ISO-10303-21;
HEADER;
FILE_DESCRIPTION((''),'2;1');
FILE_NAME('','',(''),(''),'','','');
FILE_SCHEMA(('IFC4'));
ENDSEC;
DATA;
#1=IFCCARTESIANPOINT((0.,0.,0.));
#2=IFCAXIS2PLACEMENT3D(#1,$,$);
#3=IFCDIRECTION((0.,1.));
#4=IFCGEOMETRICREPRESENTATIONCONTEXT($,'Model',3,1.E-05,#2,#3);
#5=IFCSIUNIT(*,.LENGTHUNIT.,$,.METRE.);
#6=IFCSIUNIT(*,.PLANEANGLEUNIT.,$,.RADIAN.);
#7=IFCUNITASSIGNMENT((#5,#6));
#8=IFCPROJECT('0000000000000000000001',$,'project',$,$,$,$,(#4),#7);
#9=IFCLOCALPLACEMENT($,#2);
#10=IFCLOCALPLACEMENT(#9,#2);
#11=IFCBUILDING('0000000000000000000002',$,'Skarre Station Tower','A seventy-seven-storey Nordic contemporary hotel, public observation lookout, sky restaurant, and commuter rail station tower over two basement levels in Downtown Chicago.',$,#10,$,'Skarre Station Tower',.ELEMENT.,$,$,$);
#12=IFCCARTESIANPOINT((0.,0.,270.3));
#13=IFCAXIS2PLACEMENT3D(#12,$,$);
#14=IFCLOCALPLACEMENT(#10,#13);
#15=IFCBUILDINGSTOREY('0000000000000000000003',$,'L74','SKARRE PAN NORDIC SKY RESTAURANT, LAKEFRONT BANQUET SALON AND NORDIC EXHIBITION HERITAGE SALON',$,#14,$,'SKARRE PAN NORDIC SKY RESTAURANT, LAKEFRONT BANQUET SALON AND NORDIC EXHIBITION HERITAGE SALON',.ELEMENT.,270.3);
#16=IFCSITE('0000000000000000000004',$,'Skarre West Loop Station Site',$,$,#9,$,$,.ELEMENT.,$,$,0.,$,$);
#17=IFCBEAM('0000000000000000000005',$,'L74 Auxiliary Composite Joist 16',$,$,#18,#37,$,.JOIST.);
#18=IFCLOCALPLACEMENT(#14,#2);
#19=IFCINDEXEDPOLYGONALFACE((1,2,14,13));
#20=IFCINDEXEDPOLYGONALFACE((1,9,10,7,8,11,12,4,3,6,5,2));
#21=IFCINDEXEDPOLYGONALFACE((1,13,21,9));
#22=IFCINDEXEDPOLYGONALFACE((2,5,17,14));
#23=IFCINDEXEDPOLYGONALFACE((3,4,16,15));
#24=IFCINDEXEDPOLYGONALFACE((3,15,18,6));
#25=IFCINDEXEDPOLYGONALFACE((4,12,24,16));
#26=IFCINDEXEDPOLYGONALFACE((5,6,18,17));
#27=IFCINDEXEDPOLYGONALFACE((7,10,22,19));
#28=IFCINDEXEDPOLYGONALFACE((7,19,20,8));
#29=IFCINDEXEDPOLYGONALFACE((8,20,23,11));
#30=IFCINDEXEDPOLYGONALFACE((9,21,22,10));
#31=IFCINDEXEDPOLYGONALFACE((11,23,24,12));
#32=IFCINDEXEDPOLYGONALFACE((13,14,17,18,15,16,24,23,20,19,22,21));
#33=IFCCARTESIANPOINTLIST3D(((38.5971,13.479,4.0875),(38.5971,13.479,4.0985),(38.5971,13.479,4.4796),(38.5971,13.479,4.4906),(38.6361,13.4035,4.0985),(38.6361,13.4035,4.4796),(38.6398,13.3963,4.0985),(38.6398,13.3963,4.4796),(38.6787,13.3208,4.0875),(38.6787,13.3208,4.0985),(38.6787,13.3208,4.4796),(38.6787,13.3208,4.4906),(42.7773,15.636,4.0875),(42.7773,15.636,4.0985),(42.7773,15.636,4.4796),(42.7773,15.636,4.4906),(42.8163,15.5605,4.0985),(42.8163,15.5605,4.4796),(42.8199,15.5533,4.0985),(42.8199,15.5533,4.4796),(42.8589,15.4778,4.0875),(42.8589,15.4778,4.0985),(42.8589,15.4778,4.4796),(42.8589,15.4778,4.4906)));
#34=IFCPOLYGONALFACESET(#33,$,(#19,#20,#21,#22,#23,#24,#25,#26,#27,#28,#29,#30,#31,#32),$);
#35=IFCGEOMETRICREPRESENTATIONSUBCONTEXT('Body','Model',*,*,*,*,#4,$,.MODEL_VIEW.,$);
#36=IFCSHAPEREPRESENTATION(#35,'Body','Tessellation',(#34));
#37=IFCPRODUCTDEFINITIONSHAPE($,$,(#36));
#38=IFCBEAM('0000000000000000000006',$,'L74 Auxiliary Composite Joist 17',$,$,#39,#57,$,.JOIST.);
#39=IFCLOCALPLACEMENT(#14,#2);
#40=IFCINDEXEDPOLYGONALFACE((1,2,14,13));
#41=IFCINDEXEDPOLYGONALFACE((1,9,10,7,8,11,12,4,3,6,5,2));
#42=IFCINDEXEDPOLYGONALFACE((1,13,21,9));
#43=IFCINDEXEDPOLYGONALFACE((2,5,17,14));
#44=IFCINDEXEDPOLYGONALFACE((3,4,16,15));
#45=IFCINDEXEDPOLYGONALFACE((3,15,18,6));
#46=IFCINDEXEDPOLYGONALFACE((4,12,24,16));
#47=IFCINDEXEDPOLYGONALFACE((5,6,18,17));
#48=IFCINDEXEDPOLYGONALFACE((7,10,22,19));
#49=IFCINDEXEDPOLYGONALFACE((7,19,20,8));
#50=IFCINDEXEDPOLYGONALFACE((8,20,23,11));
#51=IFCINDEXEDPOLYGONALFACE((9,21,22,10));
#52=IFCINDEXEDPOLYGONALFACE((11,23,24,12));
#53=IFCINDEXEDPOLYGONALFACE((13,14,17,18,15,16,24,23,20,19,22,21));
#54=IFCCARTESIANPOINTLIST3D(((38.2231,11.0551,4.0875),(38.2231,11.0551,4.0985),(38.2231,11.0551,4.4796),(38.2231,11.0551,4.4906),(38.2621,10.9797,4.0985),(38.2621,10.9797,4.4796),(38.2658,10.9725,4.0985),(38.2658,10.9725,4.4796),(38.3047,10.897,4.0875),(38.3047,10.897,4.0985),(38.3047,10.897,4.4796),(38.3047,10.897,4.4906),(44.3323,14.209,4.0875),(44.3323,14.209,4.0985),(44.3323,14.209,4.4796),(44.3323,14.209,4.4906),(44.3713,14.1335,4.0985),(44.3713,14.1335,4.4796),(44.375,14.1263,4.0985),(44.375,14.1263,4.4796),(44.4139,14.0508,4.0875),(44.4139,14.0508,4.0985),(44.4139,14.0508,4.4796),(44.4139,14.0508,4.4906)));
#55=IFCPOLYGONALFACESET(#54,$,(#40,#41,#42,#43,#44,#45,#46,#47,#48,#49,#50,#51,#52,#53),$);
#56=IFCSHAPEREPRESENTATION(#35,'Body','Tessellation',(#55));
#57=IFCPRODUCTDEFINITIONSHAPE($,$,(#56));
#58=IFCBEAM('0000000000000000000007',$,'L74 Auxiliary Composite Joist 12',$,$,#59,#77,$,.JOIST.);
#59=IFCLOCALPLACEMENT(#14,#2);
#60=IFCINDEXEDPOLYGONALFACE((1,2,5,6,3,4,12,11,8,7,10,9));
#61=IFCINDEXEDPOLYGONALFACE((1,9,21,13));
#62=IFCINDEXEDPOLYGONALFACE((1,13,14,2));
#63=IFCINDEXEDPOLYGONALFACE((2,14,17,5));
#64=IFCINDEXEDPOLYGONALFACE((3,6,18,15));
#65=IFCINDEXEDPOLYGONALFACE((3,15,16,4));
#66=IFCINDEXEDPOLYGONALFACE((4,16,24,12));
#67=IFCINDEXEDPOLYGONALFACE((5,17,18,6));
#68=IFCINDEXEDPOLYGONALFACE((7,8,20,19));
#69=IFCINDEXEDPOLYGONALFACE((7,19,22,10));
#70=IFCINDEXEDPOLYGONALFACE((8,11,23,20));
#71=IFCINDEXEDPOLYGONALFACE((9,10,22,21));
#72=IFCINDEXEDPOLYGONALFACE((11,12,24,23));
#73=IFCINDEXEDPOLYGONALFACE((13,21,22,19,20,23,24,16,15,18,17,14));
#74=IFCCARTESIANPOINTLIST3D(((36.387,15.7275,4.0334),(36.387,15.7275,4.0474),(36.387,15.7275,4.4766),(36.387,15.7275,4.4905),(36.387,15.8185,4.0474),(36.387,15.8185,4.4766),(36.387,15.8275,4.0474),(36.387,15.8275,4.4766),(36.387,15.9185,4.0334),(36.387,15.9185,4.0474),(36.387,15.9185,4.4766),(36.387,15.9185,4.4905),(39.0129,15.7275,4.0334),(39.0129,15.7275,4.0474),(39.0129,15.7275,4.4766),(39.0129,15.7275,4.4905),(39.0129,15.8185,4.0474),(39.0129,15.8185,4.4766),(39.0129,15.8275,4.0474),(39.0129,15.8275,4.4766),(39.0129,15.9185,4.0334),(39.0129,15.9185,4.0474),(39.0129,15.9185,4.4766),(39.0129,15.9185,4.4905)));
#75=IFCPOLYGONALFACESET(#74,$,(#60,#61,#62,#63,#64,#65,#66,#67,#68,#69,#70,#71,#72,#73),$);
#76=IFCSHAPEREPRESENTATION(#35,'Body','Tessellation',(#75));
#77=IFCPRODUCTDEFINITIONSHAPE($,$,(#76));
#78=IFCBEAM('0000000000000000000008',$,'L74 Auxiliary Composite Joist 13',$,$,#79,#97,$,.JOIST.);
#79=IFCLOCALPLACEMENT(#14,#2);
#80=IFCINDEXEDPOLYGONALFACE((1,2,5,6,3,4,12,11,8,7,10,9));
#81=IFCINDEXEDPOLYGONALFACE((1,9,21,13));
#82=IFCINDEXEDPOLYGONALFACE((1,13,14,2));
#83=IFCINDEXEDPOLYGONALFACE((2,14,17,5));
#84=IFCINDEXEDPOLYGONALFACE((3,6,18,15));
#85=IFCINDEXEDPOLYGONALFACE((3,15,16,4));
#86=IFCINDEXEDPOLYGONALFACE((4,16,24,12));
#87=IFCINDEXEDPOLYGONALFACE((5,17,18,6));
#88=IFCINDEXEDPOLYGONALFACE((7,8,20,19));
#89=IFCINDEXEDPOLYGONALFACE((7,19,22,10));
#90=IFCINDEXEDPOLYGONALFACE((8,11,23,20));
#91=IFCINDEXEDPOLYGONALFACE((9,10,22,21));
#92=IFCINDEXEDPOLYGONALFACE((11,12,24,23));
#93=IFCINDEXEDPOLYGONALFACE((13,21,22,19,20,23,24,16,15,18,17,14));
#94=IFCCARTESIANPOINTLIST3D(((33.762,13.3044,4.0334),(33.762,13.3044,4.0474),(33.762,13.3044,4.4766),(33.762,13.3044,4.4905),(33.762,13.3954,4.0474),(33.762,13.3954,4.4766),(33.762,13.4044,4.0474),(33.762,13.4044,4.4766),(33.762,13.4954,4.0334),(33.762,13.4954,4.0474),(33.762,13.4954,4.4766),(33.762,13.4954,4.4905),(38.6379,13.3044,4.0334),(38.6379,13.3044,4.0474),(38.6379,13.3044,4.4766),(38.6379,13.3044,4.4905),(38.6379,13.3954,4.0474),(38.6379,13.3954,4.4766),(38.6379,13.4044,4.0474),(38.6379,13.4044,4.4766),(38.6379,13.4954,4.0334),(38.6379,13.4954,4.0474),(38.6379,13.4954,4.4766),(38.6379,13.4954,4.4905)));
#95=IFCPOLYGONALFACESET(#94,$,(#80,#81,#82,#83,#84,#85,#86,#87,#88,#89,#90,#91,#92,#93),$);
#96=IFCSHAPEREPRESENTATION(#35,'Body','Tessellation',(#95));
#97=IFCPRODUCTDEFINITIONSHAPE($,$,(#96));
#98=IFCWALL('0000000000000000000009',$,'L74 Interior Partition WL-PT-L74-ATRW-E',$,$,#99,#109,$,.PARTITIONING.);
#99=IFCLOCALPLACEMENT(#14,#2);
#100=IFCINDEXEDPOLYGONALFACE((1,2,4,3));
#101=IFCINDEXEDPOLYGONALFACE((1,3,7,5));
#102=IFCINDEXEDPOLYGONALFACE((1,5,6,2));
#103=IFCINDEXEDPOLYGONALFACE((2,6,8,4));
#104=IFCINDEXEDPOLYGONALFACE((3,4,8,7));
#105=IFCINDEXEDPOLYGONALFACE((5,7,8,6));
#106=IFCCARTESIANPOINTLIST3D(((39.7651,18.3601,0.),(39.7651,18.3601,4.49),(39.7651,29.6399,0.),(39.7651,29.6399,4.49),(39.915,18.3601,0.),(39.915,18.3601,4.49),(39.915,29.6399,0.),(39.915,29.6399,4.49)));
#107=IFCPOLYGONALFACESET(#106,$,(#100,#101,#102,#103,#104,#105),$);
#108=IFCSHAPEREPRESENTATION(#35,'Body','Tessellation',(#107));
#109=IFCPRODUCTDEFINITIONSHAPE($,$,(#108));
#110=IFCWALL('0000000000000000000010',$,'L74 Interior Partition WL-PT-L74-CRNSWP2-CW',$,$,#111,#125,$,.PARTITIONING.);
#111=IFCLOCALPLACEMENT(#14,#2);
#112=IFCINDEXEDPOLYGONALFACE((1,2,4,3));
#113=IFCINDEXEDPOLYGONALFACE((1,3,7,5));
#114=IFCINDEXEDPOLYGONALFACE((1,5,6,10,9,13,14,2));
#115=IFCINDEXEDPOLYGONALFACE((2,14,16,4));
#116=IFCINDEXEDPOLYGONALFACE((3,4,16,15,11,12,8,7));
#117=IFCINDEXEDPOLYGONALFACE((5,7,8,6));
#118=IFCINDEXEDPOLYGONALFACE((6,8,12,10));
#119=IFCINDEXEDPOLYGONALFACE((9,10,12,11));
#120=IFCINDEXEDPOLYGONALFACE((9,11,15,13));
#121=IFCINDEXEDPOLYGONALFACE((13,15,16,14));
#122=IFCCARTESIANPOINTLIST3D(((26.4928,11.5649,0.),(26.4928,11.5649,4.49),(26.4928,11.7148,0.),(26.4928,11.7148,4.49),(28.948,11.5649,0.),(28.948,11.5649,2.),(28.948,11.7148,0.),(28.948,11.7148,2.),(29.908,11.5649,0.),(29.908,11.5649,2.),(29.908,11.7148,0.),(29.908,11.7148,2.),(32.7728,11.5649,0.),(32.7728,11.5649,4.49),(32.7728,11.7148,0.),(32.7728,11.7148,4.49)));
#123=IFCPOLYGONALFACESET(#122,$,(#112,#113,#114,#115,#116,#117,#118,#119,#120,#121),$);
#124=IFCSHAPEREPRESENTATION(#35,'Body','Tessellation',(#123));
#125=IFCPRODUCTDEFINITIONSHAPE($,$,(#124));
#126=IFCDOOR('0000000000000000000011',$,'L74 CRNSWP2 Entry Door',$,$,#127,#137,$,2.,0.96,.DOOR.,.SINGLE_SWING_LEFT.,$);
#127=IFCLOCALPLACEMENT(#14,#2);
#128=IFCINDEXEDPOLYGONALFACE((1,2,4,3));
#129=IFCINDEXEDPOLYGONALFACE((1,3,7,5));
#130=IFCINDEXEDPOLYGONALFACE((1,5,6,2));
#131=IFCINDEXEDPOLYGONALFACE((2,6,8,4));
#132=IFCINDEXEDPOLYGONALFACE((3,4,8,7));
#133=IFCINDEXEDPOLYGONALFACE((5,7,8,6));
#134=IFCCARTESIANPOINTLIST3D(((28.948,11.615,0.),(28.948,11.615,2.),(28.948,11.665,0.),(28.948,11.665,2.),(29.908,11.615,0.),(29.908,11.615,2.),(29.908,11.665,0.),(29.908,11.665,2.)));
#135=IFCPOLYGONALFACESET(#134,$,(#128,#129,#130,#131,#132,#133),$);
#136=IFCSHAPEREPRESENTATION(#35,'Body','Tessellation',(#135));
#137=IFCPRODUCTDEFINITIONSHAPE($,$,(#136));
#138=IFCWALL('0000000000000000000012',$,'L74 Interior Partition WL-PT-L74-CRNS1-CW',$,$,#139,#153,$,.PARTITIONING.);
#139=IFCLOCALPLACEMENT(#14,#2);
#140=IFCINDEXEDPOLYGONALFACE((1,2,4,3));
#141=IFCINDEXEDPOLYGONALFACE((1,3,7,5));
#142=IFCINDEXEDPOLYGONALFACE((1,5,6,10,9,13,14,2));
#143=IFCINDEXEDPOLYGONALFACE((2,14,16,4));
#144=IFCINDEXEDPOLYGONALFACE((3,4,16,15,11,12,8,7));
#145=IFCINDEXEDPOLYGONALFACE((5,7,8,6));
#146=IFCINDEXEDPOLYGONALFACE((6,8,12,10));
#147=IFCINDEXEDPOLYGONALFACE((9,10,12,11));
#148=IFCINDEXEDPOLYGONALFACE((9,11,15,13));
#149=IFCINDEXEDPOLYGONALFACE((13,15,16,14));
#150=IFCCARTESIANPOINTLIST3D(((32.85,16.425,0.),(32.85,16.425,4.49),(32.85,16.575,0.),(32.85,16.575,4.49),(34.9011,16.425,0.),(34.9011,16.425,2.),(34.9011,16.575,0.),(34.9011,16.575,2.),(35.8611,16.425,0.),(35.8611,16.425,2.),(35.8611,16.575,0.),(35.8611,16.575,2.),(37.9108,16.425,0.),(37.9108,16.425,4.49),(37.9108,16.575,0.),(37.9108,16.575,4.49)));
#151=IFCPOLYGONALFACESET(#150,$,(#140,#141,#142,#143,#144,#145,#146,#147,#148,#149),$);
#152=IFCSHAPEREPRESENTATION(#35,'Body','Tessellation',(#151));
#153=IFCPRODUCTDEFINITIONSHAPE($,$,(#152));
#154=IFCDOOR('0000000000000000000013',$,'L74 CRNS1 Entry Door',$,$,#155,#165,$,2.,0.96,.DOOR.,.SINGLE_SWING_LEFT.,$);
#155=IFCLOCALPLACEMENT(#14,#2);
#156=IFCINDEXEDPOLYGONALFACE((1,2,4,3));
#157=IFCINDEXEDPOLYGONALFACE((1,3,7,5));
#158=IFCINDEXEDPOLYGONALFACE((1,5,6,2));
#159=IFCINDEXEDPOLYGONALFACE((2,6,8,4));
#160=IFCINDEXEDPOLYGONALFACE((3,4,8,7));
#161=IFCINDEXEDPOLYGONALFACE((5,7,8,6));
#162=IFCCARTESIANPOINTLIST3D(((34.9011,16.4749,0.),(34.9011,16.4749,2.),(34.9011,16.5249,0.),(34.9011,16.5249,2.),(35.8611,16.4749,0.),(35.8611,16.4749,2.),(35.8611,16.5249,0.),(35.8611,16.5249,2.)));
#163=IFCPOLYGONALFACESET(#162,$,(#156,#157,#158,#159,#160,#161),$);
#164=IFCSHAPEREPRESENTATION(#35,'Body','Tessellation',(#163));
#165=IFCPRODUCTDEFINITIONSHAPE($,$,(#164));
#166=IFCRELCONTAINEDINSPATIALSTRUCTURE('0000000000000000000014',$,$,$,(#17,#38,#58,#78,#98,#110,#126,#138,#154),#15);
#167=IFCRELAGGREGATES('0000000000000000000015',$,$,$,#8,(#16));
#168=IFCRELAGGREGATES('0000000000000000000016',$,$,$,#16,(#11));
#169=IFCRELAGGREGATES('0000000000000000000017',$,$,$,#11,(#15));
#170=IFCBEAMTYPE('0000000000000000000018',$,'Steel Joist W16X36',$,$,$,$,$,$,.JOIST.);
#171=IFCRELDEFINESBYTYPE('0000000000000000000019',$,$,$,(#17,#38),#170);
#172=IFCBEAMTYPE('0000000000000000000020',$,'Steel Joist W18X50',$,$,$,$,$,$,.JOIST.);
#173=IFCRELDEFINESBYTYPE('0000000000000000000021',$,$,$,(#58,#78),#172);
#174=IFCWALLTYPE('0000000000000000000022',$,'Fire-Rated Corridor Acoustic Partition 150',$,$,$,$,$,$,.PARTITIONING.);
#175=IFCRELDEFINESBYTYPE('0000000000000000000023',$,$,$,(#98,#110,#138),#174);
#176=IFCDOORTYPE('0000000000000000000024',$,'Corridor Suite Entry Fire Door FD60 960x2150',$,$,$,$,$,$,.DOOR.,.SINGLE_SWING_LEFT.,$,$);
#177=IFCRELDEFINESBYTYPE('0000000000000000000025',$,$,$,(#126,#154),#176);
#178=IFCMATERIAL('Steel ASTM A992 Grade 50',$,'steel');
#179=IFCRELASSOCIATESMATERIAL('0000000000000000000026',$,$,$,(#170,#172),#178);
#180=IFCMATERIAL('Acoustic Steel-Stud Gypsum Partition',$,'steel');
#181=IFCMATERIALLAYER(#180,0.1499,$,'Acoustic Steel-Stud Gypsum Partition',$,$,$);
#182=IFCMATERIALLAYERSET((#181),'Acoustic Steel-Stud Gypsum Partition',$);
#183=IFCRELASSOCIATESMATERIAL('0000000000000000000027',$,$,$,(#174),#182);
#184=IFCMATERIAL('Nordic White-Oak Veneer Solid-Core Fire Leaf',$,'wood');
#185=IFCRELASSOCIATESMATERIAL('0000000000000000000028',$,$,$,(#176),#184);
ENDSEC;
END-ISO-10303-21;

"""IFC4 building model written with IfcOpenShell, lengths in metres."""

from ifc_helpers import new_model, si_unit, direction, frame, frame_2d, origin, origin_2d, place, context, subcontext, project, spatial, rectangle, i_section, extrude, material, layer, layer_set, material_profile, profile_set, type_object, element, fill, save


model = new_model("IFC4")

# Units and contexts
model_context = context("Model", 3, precision=1e-05, world=origin(), true_north=direction((0.0, 1.0)))
body_context = subcontext(model_context, "Body", "Model", "MODEL_VIEW")
ifc_project = project(units=[si_unit("LENGTHUNIT", "METRE"), si_unit("PLANEANGLEUNIT", "RADIAN")], contexts=[model_context])

# Site, building, storey
site_placement = place(None, origin())
site = spatial("IfcSite", under=ifc_project, at=site_placement, Name="Skarre West Loop Station Site", CompositionType="ELEMENT", RefElevation=0.0)
building_placement = place(site_placement, origin())
building = spatial("IfcBuilding", under=site, at=building_placement, Name="Skarre Station Tower", Description="A seventy-seven-storey Nordic contemporary hotel, public observation lookout, sky restaurant, and commuter rail station tower over two basement levels in Downtown Chicago.", LongName="Skarre Station Tower", CompositionType="ELEMENT")
storey_placement = place(building_placement, frame((0.0, 0.0, 270.3)))
storey = spatial("IfcBuildingStorey", under=building, at=storey_placement, Name="L74", Description="SKARRE PAN NORDIC SKY RESTAURANT, LAKEFRONT BANQUET SALON AND NORDIC EXHIBITION HERITAGE SALON", LongName="SKARRE PAN NORDIC SKY RESTAURANT, LAKEFRONT BANQUET SALON AND NORDIC EXHIBITION HERITAGE SALON", CompositionType="ELEMENT", Elevation=270.3)

# Beams
ifc_material_1 = material(Name="Steel ASTM A992 Grade 50", Category="steel")
ifc_material_profile_1 = material_profile(ifc_material_1, i_section(OverallWidth=0.178, OverallDepth=0.4031, WebThickness=0.0081, FlangeThickness=0.011, at=origin_2d()), Name="Steel ASTM A992 Grade 50")
ifc_profile_set_1 = profile_set([ifc_material_profile_1], Name="Steel ASTM A992 Grade 50")
beam_type_1 = type_object("IfcBeamType", Name="Steel Joist W16X36", PredefinedType="JOIST", material=ifc_profile_set_1)
beam_1_placement = place(storey_placement, frame((38.6379, 13.3999, 4.2891), z_axis=(0.888666, 0.458554, 0.0), x_axis=(-0.458554, 0.888666, 0.0)))
element("IfcBeam", 1, at=beam_1_placement, inside=storey, type_object=beam_type_1, Name="L74 Auxiliary Composite Joist 16", PredefinedType="JOIST", context=body_context, shape_type="SweptSolid", body=[
    extrude(i_section(OverallWidth=0.178, OverallDepth=0.4031, WebThickness=0.0081, FlangeThickness=0.011, at=origin_2d()), origin(), (0.0, 0.0, 1.0), 4.7039),
])
beam_2_placement = place(storey_placement, frame((38.2639, 10.9761, 4.2891), z_axis=(0.888579, 0.458724, 0.0), x_axis=(-0.458724, 0.888579, 0.0)))
element("IfcBeam", 2, at=beam_2_placement, inside=storey, type_object=beam_type_1, Name="L74 Auxiliary Composite Joist 17", PredefinedType="JOIST", context=body_context, shape_type="SweptSolid", body=[
    extrude(i_section(OverallWidth=0.178, OverallDepth=0.4031, WebThickness=0.0081, FlangeThickness=0.011, at=origin_2d()), origin(), (0.0, 0.0, 1.0), 6.8752),
])
ifc_material_profile_2 = material_profile(ifc_material_1, i_section(OverallWidth=0.1909, OverallDepth=0.457, WebThickness=0.009, FlangeThickness=0.0139, at=origin_2d()), Name="Steel ASTM A992 Grade 50")
ifc_profile_set_2 = profile_set([ifc_material_profile_2], Name="Steel ASTM A992 Grade 50")
beam_type_2 = type_object("IfcBeamType", Name="Steel Joist W18X50", PredefinedType="JOIST", material=ifc_profile_set_2)
beam_3_placement = place(storey_placement, frame((36.387, 15.823, 4.262), z_axis=(1.0, 0.0, 0.0), x_axis=(0.0, 1.0, 0.0)))
element("IfcBeam", 3, at=beam_3_placement, inside=storey, type_object=beam_type_2, Name="L74 Auxiliary Composite Joist 12", PredefinedType="JOIST", context=body_context, shape_type="SweptSolid", body=[
    extrude(i_section(OverallWidth=0.1909, OverallDepth=0.457, WebThickness=0.009, FlangeThickness=0.0139, at=origin_2d()), origin(), (0.0, 0.0, 1.0), 2.626),
])
beam_4_placement = place(storey_placement, frame((33.762, 13.3999, 4.262), z_axis=(1.0, 0.0, 0.0), x_axis=(0.0, 1.0, 0.0)))
element("IfcBeam", 4, at=beam_4_placement, inside=storey, type_object=beam_type_2, Name="L74 Auxiliary Composite Joist 13", PredefinedType="JOIST", context=body_context, shape_type="SweptSolid", body=[
    extrude(i_section(OverallWidth=0.1909, OverallDepth=0.457, WebThickness=0.009, FlangeThickness=0.0139, at=origin_2d()), origin(), (0.0, 0.0, 1.0), 4.876),
])

# Wall
ifc_material_2 = material(Name="Acoustic Steel-Stud Gypsum Partition", Category="steel")
ifc_layer_1 = layer(ifc_material_2, 0.1499, Name="Acoustic Steel-Stud Gypsum Partition")
ifc_layer_set_1 = layer_set([ifc_layer_1], Name="Acoustic Steel-Stud Gypsum Partition")
wall_type_1 = type_object("IfcWallType", Name="Fire-Rated Corridor Acoustic Partition 150", PredefinedType="PARTITIONING", material=ifc_layer_set_1)
wall_1_placement = place(storey_placement, frame((39.8401, 18.3601, 0.0), z_axis=(0.0, 0.0, 1.0), x_axis=(0.0, 1.0, 0.0)))
element("IfcWall", 5, at=wall_1_placement, inside=storey, type_object=wall_type_1, Name="L74 Interior Partition WL-PT-L74-ATRW-E", PredefinedType="PARTITIONING", context=body_context, shape_type="SweptSolid", body=[
    extrude(rectangle(XDim=11.2798, YDim=0.1499, at=frame_2d((5.6399, 0.0))), origin(), (0.0, 0.0, 1.0), 4.49),
])

# Walls, openings, doors
wall_2_placement = place(storey_placement, frame((32.7729, 11.6399, 0.0), z_axis=(0.0, 0.0, 1.0), x_axis=(-1.0, 0.0, 0.0)))
wall_2 = element("IfcWall", 6, at=wall_2_placement, inside=storey, type_object=wall_type_1, Name="L74 Interior Partition WL-PT-L74-CRNSWP2-CW", PredefinedType="PARTITIONING", context=body_context, shape_type="SweptSolid", body=[
    extrude(rectangle(XDim=6.28, YDim=0.1499, at=frame_2d((3.1401, 0.0))), origin(), (0.0, 0.0, 1.0), 4.49),
])
opening_1_placement = place(wall_2_placement, frame((2.865, 0.0, 0.0)))
opening_1 = element("IfcOpeningElement", 7, at=opening_1_placement, cuts=wall_2, PredefinedType="OPENING", context=body_context, shape_type="SweptSolid", body=[
    extrude(rectangle(XDim=0.96, YDim=2.0, at=frame_2d((0.48, 1.0))), frame((0.0, 0.085, 0.0), z_axis=(0.0, -1.0, 0.0), x_axis=(1.0, 0.0, 0.0)), (0.0, 0.0, 1.0), 0.1699),
])
ifc_material_3 = material(Name="Nordic White-Oak Veneer Solid-Core Fire Leaf", Category="wood")
door_type_1 = type_object("IfcDoorType", Name="Corridor Suite Entry Fire Door FD60 960x2150", OperationType="SINGLE_SWING_LEFT", PredefinedType="DOOR", material=ifc_material_3)
door_1_placement = place(opening_1_placement, origin())
door_1 = element("IfcDoor", 8, at=door_1_placement, inside=storey, type_object=door_type_1, Name="L74 CRNSWP2 Entry Door", OperationType="SINGLE_SWING_LEFT", OverallHeight=2.0, OverallWidth=0.96, PredefinedType="DOOR", context=body_context, shape_type="SweptSolid", body=[
    extrude(rectangle(XDim=0.96, YDim=2.0, at=frame_2d((0.48, 1.0))), frame((0.0, 0.0249, 0.0), z_axis=(0.0, -1.0, 0.0), x_axis=(1.0, 0.0, 0.0)), (0.0, 0.0, 1.0), 0.05),
])
fill(opening_1, door_1)
wall_3_placement = place(storey_placement, frame((32.8501, 16.5, 0.0), z_axis=(0.0, 0.0, 1.0), x_axis=(1.0, 0.0, 0.0)))
wall_3 = element("IfcWall", 9, at=wall_3_placement, inside=storey, type_object=wall_type_1, Name="L74 Interior Partition WL-PT-L74-CRNS1-CW", PredefinedType="PARTITIONING", context=body_context, shape_type="SweptSolid", body=[
    extrude(rectangle(XDim=5.0608, YDim=0.1499, at=frame_2d((2.5303, 0.0))), origin(), (0.0, 0.0, 1.0), 4.49),
])
opening_2_placement = place(wall_3_placement, frame((2.051, 0.0, 0.0)))
opening_2 = element("IfcOpeningElement", 10, at=opening_2_placement, cuts=wall_3, PredefinedType="OPENING", context=body_context, shape_type="SweptSolid", body=[
    extrude(rectangle(XDim=0.96, YDim=2.0, at=frame_2d((0.48, 1.0))), frame((0.0, 0.085, 0.0), z_axis=(0.0, -1.0, 0.0), x_axis=(1.0, 0.0, 0.0)), (0.0, 0.0, 1.0), 0.1699),
])
door_2_placement = place(opening_2_placement, origin())
door_2 = element("IfcDoor", 11, at=door_2_placement, inside=storey, type_object=door_type_1, Name="L74 CRNS1 Entry Door", OperationType="SINGLE_SWING_LEFT", OverallHeight=2.0, OverallWidth=0.96, PredefinedType="DOOR", context=body_context, shape_type="SweptSolid", body=[
    extrude(rectangle(XDim=0.96, YDim=2.0, at=frame_2d((0.48, 1.0))), frame((0.0, 0.0249, 0.0), z_axis=(0.0, -1.0, 0.0), x_axis=(1.0, 0.0, 0.0)), (0.0, 0.0, 1.0), 0.05),
])
fill(opening_2, door_2)

save(model, "model.ifc")
